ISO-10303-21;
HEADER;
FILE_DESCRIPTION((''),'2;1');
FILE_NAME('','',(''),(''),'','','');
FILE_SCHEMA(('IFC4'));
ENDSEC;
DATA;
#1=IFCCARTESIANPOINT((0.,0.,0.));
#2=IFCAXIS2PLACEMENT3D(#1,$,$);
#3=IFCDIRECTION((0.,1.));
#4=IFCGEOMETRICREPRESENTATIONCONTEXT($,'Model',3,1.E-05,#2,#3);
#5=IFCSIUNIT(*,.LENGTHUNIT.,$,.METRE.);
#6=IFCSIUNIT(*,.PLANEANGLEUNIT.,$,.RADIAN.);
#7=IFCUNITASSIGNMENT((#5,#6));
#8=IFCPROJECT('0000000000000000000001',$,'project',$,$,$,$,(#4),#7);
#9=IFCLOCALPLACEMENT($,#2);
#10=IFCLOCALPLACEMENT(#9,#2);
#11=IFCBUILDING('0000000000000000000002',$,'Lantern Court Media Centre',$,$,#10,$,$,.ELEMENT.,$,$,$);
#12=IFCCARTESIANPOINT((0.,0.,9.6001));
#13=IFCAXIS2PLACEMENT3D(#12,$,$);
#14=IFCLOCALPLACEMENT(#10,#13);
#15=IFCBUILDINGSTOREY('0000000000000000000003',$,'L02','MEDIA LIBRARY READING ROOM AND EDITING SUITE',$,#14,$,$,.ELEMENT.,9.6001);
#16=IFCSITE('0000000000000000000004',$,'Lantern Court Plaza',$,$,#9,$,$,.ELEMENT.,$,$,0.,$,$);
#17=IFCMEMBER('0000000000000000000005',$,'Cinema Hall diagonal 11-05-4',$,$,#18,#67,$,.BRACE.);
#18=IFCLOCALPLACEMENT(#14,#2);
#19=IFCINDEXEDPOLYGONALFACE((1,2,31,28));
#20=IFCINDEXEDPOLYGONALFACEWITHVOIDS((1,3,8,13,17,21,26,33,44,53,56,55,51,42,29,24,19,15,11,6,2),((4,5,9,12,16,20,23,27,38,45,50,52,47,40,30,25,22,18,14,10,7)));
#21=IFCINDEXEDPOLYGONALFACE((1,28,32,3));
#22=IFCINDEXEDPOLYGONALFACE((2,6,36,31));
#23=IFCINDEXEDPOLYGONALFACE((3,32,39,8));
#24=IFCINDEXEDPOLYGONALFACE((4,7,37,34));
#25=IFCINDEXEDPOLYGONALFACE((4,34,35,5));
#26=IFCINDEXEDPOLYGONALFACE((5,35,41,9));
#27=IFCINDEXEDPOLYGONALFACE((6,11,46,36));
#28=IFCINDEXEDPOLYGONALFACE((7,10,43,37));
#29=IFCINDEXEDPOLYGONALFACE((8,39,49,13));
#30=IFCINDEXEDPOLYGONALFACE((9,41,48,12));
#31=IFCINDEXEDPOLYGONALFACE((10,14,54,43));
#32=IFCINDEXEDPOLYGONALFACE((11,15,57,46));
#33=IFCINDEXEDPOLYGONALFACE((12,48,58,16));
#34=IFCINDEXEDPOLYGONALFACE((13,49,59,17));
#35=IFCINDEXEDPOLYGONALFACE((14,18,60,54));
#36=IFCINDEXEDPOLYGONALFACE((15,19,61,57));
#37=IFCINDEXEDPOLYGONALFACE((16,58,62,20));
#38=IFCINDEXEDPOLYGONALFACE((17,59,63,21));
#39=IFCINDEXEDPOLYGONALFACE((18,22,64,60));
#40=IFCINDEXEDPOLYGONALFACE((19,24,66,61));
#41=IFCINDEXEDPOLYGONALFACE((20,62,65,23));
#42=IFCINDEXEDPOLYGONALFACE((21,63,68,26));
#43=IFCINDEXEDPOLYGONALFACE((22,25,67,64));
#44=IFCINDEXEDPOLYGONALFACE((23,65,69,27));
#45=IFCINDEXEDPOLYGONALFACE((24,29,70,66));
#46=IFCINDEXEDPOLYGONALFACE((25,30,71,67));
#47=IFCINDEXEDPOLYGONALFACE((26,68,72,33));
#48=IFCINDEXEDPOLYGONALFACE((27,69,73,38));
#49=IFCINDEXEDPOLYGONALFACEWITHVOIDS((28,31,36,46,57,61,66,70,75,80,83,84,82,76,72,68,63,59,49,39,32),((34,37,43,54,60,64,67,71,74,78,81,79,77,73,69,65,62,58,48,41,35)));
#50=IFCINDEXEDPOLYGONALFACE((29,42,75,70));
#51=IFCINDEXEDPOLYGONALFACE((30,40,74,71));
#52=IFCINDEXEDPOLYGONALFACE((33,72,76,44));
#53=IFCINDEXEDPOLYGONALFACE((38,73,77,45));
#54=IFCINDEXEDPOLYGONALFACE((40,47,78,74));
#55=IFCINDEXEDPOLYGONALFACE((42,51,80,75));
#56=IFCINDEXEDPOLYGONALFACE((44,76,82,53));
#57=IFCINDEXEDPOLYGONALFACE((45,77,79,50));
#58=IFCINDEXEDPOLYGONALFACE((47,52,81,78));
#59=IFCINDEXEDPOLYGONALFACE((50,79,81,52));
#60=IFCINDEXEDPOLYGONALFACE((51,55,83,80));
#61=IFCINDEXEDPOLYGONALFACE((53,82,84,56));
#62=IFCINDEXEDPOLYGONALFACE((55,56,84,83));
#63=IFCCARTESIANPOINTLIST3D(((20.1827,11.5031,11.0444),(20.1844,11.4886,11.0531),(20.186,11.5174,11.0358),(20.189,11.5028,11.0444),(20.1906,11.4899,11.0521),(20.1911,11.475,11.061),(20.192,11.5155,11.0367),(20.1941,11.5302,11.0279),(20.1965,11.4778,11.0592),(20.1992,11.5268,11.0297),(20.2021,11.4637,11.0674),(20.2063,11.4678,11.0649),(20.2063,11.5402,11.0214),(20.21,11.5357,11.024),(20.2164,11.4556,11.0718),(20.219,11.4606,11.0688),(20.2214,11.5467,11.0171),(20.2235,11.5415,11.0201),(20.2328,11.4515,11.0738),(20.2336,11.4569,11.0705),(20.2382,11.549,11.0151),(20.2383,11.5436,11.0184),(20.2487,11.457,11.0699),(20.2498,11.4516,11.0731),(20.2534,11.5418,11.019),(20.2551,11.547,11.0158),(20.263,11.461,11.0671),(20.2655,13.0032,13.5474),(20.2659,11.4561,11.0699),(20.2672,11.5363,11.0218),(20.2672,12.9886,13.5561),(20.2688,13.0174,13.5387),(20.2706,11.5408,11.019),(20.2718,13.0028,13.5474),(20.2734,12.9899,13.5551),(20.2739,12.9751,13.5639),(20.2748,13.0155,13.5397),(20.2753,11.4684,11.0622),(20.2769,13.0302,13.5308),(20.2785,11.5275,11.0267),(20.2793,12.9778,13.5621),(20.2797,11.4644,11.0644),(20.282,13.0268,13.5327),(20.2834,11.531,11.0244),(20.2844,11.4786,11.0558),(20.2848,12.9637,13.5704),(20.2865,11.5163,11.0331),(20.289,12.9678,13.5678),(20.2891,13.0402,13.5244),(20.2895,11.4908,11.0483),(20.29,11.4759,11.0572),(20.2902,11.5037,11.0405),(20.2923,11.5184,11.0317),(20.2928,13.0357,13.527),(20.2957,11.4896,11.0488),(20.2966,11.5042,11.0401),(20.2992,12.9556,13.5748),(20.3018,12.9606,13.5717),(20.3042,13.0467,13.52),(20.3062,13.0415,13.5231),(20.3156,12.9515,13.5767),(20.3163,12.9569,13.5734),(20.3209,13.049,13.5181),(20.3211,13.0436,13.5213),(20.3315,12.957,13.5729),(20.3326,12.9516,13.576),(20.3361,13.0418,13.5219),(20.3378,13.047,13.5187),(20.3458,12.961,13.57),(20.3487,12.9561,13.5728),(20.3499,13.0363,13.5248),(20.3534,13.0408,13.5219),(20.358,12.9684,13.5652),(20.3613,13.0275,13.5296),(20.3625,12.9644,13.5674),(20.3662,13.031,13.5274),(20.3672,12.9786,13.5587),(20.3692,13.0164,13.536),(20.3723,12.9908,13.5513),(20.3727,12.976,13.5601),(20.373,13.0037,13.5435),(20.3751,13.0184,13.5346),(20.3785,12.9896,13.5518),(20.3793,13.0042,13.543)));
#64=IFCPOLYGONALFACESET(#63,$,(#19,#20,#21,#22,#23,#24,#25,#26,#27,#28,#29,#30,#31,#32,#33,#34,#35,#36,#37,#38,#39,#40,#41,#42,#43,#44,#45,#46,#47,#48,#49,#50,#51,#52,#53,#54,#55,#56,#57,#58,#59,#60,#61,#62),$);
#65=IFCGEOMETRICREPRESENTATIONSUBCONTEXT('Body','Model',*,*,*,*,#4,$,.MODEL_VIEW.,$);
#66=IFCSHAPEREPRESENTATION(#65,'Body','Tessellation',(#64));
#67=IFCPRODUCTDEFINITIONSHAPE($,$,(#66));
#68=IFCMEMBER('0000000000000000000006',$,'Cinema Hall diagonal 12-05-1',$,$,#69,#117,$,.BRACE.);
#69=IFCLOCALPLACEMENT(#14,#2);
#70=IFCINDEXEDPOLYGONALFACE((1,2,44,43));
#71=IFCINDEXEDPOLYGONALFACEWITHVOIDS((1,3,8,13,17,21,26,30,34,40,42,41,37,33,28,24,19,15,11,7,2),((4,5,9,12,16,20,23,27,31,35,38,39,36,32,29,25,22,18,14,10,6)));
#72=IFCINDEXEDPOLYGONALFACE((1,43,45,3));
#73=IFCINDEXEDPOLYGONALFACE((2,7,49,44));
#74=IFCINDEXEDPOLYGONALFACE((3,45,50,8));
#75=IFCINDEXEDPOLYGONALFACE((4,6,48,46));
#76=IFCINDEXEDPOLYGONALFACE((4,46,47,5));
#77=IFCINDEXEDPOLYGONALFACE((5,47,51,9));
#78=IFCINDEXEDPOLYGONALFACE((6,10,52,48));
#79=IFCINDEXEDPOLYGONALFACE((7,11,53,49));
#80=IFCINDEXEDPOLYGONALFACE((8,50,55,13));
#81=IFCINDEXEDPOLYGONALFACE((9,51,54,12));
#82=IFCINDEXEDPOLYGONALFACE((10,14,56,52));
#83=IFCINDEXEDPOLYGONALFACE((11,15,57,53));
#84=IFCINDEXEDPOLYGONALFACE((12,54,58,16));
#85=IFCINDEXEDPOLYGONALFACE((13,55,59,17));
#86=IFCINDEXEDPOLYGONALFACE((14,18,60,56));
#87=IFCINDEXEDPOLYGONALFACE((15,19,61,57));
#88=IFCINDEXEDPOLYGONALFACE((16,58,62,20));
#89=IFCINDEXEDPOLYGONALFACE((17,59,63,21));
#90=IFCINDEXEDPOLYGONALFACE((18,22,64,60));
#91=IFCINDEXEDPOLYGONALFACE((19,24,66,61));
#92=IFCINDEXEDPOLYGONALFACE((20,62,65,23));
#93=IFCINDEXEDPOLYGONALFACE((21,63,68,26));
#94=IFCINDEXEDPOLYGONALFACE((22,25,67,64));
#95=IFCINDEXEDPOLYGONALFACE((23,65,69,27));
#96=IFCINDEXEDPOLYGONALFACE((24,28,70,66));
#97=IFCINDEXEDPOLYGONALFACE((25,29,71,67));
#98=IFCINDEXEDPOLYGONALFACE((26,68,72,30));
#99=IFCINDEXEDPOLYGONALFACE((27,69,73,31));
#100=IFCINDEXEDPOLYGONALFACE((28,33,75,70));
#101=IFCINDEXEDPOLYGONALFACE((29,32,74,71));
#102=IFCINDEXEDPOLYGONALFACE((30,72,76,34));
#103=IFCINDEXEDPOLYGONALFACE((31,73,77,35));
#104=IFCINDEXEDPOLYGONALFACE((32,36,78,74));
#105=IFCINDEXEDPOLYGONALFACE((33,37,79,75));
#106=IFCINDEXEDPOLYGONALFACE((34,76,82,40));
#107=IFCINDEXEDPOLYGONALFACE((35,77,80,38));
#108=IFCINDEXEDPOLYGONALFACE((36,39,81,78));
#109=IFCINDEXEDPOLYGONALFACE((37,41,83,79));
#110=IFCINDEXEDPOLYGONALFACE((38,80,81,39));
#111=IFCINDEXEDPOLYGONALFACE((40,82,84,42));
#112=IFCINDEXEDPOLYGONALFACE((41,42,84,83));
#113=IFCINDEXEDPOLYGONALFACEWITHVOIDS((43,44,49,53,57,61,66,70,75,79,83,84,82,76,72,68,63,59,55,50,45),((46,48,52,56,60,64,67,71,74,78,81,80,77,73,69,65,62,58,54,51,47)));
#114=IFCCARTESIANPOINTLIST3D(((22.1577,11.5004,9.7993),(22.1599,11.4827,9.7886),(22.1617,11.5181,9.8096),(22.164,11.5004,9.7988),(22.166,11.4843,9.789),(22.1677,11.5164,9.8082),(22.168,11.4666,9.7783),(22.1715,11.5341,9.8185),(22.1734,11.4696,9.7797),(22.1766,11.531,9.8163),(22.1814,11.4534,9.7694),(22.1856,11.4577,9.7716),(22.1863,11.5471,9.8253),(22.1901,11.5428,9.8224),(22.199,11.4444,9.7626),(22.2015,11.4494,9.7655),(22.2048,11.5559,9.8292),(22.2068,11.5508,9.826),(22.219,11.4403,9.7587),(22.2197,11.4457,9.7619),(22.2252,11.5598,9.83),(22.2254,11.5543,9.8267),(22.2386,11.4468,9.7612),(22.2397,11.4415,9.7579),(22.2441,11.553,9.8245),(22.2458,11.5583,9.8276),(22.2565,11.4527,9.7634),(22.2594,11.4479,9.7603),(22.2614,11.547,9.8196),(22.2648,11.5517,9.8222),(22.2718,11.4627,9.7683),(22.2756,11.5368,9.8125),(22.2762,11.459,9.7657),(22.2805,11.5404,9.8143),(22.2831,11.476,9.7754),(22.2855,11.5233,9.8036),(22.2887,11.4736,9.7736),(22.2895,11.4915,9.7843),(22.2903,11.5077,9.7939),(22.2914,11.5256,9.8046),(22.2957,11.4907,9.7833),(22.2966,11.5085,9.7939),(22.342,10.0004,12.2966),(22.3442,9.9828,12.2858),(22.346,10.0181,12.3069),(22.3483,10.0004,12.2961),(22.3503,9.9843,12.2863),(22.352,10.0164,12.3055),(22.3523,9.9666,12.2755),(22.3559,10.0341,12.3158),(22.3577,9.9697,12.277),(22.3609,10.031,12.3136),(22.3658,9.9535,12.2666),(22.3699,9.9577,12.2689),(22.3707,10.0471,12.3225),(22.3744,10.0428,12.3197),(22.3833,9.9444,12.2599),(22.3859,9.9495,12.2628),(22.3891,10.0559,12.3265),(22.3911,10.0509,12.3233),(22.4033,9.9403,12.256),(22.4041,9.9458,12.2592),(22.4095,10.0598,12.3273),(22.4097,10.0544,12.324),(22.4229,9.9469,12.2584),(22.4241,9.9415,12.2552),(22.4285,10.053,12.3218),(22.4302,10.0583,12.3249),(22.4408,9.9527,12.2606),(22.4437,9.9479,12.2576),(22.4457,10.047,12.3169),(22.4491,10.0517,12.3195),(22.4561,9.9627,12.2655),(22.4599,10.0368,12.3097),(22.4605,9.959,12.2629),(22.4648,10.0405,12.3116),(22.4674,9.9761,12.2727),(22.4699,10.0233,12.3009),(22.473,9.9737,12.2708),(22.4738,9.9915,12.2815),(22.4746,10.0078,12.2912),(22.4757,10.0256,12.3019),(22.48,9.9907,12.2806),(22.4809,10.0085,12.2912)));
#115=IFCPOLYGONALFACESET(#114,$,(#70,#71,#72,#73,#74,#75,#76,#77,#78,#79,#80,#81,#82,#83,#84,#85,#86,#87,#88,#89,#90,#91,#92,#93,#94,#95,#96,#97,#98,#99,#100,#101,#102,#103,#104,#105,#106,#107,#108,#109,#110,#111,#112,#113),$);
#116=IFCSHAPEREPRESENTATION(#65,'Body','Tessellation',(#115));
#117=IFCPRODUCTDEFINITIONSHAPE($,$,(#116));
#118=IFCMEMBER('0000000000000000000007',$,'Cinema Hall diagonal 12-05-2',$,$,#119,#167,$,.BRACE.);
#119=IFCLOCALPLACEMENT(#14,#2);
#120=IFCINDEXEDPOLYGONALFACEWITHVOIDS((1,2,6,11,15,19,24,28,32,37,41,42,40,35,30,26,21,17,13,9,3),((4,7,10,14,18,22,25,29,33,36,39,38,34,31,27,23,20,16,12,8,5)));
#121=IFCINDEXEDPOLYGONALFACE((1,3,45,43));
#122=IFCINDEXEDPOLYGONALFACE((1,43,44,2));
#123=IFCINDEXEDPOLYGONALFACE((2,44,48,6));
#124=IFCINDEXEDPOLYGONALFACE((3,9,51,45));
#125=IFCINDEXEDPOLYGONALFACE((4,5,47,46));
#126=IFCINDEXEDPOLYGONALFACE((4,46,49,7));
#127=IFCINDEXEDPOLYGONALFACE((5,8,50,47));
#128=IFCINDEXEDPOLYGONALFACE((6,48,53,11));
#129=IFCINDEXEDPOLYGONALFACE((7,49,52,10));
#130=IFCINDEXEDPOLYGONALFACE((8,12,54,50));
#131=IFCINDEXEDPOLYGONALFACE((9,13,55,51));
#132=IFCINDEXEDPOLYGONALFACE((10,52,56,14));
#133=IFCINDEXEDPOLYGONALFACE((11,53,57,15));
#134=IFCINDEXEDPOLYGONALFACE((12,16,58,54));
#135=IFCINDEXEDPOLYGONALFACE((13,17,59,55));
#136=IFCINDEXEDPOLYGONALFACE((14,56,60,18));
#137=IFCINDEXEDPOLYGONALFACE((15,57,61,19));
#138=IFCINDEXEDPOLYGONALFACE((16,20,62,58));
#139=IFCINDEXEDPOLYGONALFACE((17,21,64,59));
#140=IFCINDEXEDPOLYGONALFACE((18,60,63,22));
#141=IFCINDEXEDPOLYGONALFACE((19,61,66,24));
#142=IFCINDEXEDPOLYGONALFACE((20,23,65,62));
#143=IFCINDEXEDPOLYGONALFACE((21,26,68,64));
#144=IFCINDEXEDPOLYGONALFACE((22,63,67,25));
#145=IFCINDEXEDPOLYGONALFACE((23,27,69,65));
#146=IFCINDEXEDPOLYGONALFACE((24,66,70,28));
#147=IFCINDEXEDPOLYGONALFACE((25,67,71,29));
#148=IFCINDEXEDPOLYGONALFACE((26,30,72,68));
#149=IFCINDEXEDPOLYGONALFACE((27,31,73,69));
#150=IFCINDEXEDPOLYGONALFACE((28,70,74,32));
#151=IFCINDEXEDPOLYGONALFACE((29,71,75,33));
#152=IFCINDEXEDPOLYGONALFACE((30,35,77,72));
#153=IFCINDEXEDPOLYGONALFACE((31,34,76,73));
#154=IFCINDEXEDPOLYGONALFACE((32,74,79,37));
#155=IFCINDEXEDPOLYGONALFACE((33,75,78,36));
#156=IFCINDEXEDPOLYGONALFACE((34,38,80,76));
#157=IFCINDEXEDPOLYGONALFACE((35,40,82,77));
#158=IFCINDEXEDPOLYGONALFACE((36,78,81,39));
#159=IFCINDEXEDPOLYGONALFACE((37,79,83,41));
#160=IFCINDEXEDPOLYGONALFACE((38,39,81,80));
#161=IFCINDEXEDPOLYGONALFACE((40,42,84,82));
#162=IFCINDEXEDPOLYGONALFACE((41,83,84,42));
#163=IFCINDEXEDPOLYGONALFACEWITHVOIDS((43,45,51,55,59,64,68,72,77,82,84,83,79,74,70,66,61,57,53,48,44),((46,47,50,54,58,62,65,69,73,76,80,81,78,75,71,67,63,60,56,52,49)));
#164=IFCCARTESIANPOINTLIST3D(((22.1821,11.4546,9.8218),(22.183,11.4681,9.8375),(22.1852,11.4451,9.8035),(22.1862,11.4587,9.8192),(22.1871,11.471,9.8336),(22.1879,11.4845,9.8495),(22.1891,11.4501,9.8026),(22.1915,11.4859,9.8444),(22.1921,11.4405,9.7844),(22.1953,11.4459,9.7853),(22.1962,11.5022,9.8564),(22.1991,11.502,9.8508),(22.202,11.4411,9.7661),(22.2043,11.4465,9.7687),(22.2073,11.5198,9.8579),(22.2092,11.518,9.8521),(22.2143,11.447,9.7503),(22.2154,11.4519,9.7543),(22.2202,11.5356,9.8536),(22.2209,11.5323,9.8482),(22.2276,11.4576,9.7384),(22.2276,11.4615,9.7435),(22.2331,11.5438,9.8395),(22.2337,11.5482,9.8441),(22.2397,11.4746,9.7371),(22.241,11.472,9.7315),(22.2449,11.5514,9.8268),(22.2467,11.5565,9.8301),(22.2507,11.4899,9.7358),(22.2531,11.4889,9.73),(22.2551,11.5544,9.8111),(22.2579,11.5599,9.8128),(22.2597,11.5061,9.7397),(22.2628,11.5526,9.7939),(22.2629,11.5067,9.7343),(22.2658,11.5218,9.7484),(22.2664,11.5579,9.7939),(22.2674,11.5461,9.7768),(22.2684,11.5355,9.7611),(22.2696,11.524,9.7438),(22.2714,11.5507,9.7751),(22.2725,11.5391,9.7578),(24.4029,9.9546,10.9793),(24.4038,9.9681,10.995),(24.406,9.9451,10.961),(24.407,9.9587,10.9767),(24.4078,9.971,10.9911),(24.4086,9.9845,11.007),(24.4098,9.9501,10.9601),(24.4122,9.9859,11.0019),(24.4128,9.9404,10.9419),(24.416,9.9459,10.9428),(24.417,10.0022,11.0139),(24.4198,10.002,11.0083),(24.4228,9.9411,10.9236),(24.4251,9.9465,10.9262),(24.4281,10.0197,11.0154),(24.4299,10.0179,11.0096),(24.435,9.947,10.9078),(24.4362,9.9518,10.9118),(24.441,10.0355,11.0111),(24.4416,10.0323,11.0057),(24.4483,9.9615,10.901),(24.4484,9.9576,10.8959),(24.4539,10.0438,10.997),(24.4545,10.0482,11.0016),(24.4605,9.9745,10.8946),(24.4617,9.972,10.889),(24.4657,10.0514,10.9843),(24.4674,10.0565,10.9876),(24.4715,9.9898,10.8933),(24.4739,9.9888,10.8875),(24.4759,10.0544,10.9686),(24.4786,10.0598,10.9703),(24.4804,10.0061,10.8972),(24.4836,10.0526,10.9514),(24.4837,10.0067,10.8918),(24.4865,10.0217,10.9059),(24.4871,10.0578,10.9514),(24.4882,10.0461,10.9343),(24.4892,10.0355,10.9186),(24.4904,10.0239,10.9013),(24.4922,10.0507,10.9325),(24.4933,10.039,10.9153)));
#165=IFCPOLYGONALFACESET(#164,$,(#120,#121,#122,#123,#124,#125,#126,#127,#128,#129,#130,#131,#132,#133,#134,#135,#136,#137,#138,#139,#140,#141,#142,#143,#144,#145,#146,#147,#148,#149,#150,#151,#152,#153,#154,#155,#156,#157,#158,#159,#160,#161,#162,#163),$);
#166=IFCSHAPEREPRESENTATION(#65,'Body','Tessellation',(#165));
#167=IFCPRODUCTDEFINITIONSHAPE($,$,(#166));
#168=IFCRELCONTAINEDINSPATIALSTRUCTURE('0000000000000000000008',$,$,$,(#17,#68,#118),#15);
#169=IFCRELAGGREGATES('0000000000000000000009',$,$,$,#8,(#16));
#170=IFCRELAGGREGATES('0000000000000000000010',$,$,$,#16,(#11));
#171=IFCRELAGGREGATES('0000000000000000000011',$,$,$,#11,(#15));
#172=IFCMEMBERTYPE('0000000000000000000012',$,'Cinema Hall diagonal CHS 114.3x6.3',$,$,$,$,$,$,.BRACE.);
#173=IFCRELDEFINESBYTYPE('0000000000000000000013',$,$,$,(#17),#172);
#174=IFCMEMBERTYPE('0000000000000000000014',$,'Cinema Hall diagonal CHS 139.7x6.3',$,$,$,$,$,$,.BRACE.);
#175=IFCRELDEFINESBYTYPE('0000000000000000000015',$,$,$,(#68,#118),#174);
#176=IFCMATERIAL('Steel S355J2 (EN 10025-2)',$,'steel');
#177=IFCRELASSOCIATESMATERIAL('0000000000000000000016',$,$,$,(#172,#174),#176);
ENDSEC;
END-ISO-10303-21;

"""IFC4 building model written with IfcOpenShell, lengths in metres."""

from ifc_helpers import new_model, si_unit, direction, frame, origin, origin_2d, place, context, subcontext, project, spatial, hollow_circle, extrude, material, material_profile, profile_set, type_object, element, save


model = new_model("IFC4")

# Units and contexts
model_context = context("Model", 3, precision=1e-05, world=origin(), true_north=direction((0.0, 1.0)))
body_context = subcontext(model_context, "Body", "Model", "MODEL_VIEW")
ifc_project = project(units=[si_unit("LENGTHUNIT", "METRE"), si_unit("PLANEANGLEUNIT", "RADIAN")], contexts=[model_context])

# Site, building, storey
site_placement = place(None, origin())
site = spatial("IfcSite", under=ifc_project, at=site_placement, Name="Lantern Court Plaza", CompositionType="ELEMENT", RefElevation=0.0)
building_placement = place(site_placement, origin())
building = spatial("IfcBuilding", under=site, at=building_placement, Name="Lantern Court Media Centre", CompositionType="ELEMENT")
storey_placement = place(building_placement, frame((0.0, 0.0, 9.6001)))
storey = spatial("IfcBuildingStorey", under=building, at=storey_placement, Name="L02", Description="MEDIA LIBRARY READING ROOM AND EDITING SUITE", CompositionType="ELEMENT", Elevation=9.6001)

# Members
ifc_material = material(Name="Steel S355J2 (EN 10025-2)", Category="steel")
ifc_material_profile_1 = material_profile(ifc_material, hollow_circle(Radius=0.0571, WallThickness=0.0063, at=origin_2d()), Name="Cinema Hall diagonal CHS 114.3x6.3")
ifc_profile_set_1 = profile_set([ifc_material_profile_1], Name="Steel S355J2 (EN 10025-2)")
member_type_1 = type_object("IfcMemberType", Name="Cinema Hall diagonal CHS 114.3x6.3", PredefinedType="BRACE", material=ifc_profile_set_1)
for number, where, z_axis, x_axis, name in (
    (1, (20.2397, 11.5, 11.0444), (0.028352, 0.513846, 0.857414), (-0.998481, 0.055092, 0.0), "Cinema Hall diagonal 11-05-4"),
):
    element("IfcMember", number, at=place(storey_placement, frame(where, z_axis=z_axis, x_axis=x_axis)), inside=storey, type_object=member_type_1, Name=name, PredefinedType="BRACE", context=body_context, shape_type="SweptSolid", body=[
        extrude(hollow_circle(Radius=0.0571, WallThickness=0.0063, at=origin_2d()), origin(), (0.0, 0.0, 1.0), 2.9192),
    ])
ifc_material_profile_2 = material_profile(ifc_material, hollow_circle(Radius=0.0698, WallThickness=0.0063, at=origin_2d()), Name="Cinema Hall diagonal CHS 139.7x6.3")
ifc_profile_set_2 = profile_set([ifc_material_profile_2], Name="Steel S355J2 (EN 10025-2)")
member_type_2 = type_object("IfcMemberType", Name="Cinema Hall diagonal CHS 139.7x6.3", PredefinedType="BRACE", material=ifc_profile_set_2)
member_1_placement = place(storey_placement, frame((22.2273, 11.5, 9.7939), z_axis=(0.063147, -0.513875, 0.855538), x_axis=(0.992534, 0.121967, 0.0)))
element("IfcMember", 2, at=member_1_placement, inside=storey, type_object=member_type_2, Name="Cinema Hall diagonal 12-05-1", PredefinedType="BRACE", context=body_context, shape_type="SweptSolid", body=[
    extrude(hollow_circle(Radius=0.0698, WallThickness=0.0063, at=origin_2d()), origin(), (0.0, 0.0, 1.0), 2.9189),
])
for number, where, z_axis, x_axis, name in (
    (3, (22.2273, 11.5, 9.7939), (0.760744, -0.513854, 0.396514), (0.559736, 0.828671, 0.0), "Cinema Hall diagonal 12-05-2"),
):
    element("IfcMember", number, at=place(storey_placement, frame(where, z_axis=z_axis, x_axis=x_axis)), inside=storey, type_object=member_type_2, Name=name, PredefinedType="BRACE", context=body_context, shape_type="SweptSolid", body=[
        extrude(hollow_circle(Radius=0.0698, WallThickness=0.0063, at=origin_2d()), origin(), (0.0, 0.0, 1.0), 2.9192),
    ])

save(model, "model.ifc")
